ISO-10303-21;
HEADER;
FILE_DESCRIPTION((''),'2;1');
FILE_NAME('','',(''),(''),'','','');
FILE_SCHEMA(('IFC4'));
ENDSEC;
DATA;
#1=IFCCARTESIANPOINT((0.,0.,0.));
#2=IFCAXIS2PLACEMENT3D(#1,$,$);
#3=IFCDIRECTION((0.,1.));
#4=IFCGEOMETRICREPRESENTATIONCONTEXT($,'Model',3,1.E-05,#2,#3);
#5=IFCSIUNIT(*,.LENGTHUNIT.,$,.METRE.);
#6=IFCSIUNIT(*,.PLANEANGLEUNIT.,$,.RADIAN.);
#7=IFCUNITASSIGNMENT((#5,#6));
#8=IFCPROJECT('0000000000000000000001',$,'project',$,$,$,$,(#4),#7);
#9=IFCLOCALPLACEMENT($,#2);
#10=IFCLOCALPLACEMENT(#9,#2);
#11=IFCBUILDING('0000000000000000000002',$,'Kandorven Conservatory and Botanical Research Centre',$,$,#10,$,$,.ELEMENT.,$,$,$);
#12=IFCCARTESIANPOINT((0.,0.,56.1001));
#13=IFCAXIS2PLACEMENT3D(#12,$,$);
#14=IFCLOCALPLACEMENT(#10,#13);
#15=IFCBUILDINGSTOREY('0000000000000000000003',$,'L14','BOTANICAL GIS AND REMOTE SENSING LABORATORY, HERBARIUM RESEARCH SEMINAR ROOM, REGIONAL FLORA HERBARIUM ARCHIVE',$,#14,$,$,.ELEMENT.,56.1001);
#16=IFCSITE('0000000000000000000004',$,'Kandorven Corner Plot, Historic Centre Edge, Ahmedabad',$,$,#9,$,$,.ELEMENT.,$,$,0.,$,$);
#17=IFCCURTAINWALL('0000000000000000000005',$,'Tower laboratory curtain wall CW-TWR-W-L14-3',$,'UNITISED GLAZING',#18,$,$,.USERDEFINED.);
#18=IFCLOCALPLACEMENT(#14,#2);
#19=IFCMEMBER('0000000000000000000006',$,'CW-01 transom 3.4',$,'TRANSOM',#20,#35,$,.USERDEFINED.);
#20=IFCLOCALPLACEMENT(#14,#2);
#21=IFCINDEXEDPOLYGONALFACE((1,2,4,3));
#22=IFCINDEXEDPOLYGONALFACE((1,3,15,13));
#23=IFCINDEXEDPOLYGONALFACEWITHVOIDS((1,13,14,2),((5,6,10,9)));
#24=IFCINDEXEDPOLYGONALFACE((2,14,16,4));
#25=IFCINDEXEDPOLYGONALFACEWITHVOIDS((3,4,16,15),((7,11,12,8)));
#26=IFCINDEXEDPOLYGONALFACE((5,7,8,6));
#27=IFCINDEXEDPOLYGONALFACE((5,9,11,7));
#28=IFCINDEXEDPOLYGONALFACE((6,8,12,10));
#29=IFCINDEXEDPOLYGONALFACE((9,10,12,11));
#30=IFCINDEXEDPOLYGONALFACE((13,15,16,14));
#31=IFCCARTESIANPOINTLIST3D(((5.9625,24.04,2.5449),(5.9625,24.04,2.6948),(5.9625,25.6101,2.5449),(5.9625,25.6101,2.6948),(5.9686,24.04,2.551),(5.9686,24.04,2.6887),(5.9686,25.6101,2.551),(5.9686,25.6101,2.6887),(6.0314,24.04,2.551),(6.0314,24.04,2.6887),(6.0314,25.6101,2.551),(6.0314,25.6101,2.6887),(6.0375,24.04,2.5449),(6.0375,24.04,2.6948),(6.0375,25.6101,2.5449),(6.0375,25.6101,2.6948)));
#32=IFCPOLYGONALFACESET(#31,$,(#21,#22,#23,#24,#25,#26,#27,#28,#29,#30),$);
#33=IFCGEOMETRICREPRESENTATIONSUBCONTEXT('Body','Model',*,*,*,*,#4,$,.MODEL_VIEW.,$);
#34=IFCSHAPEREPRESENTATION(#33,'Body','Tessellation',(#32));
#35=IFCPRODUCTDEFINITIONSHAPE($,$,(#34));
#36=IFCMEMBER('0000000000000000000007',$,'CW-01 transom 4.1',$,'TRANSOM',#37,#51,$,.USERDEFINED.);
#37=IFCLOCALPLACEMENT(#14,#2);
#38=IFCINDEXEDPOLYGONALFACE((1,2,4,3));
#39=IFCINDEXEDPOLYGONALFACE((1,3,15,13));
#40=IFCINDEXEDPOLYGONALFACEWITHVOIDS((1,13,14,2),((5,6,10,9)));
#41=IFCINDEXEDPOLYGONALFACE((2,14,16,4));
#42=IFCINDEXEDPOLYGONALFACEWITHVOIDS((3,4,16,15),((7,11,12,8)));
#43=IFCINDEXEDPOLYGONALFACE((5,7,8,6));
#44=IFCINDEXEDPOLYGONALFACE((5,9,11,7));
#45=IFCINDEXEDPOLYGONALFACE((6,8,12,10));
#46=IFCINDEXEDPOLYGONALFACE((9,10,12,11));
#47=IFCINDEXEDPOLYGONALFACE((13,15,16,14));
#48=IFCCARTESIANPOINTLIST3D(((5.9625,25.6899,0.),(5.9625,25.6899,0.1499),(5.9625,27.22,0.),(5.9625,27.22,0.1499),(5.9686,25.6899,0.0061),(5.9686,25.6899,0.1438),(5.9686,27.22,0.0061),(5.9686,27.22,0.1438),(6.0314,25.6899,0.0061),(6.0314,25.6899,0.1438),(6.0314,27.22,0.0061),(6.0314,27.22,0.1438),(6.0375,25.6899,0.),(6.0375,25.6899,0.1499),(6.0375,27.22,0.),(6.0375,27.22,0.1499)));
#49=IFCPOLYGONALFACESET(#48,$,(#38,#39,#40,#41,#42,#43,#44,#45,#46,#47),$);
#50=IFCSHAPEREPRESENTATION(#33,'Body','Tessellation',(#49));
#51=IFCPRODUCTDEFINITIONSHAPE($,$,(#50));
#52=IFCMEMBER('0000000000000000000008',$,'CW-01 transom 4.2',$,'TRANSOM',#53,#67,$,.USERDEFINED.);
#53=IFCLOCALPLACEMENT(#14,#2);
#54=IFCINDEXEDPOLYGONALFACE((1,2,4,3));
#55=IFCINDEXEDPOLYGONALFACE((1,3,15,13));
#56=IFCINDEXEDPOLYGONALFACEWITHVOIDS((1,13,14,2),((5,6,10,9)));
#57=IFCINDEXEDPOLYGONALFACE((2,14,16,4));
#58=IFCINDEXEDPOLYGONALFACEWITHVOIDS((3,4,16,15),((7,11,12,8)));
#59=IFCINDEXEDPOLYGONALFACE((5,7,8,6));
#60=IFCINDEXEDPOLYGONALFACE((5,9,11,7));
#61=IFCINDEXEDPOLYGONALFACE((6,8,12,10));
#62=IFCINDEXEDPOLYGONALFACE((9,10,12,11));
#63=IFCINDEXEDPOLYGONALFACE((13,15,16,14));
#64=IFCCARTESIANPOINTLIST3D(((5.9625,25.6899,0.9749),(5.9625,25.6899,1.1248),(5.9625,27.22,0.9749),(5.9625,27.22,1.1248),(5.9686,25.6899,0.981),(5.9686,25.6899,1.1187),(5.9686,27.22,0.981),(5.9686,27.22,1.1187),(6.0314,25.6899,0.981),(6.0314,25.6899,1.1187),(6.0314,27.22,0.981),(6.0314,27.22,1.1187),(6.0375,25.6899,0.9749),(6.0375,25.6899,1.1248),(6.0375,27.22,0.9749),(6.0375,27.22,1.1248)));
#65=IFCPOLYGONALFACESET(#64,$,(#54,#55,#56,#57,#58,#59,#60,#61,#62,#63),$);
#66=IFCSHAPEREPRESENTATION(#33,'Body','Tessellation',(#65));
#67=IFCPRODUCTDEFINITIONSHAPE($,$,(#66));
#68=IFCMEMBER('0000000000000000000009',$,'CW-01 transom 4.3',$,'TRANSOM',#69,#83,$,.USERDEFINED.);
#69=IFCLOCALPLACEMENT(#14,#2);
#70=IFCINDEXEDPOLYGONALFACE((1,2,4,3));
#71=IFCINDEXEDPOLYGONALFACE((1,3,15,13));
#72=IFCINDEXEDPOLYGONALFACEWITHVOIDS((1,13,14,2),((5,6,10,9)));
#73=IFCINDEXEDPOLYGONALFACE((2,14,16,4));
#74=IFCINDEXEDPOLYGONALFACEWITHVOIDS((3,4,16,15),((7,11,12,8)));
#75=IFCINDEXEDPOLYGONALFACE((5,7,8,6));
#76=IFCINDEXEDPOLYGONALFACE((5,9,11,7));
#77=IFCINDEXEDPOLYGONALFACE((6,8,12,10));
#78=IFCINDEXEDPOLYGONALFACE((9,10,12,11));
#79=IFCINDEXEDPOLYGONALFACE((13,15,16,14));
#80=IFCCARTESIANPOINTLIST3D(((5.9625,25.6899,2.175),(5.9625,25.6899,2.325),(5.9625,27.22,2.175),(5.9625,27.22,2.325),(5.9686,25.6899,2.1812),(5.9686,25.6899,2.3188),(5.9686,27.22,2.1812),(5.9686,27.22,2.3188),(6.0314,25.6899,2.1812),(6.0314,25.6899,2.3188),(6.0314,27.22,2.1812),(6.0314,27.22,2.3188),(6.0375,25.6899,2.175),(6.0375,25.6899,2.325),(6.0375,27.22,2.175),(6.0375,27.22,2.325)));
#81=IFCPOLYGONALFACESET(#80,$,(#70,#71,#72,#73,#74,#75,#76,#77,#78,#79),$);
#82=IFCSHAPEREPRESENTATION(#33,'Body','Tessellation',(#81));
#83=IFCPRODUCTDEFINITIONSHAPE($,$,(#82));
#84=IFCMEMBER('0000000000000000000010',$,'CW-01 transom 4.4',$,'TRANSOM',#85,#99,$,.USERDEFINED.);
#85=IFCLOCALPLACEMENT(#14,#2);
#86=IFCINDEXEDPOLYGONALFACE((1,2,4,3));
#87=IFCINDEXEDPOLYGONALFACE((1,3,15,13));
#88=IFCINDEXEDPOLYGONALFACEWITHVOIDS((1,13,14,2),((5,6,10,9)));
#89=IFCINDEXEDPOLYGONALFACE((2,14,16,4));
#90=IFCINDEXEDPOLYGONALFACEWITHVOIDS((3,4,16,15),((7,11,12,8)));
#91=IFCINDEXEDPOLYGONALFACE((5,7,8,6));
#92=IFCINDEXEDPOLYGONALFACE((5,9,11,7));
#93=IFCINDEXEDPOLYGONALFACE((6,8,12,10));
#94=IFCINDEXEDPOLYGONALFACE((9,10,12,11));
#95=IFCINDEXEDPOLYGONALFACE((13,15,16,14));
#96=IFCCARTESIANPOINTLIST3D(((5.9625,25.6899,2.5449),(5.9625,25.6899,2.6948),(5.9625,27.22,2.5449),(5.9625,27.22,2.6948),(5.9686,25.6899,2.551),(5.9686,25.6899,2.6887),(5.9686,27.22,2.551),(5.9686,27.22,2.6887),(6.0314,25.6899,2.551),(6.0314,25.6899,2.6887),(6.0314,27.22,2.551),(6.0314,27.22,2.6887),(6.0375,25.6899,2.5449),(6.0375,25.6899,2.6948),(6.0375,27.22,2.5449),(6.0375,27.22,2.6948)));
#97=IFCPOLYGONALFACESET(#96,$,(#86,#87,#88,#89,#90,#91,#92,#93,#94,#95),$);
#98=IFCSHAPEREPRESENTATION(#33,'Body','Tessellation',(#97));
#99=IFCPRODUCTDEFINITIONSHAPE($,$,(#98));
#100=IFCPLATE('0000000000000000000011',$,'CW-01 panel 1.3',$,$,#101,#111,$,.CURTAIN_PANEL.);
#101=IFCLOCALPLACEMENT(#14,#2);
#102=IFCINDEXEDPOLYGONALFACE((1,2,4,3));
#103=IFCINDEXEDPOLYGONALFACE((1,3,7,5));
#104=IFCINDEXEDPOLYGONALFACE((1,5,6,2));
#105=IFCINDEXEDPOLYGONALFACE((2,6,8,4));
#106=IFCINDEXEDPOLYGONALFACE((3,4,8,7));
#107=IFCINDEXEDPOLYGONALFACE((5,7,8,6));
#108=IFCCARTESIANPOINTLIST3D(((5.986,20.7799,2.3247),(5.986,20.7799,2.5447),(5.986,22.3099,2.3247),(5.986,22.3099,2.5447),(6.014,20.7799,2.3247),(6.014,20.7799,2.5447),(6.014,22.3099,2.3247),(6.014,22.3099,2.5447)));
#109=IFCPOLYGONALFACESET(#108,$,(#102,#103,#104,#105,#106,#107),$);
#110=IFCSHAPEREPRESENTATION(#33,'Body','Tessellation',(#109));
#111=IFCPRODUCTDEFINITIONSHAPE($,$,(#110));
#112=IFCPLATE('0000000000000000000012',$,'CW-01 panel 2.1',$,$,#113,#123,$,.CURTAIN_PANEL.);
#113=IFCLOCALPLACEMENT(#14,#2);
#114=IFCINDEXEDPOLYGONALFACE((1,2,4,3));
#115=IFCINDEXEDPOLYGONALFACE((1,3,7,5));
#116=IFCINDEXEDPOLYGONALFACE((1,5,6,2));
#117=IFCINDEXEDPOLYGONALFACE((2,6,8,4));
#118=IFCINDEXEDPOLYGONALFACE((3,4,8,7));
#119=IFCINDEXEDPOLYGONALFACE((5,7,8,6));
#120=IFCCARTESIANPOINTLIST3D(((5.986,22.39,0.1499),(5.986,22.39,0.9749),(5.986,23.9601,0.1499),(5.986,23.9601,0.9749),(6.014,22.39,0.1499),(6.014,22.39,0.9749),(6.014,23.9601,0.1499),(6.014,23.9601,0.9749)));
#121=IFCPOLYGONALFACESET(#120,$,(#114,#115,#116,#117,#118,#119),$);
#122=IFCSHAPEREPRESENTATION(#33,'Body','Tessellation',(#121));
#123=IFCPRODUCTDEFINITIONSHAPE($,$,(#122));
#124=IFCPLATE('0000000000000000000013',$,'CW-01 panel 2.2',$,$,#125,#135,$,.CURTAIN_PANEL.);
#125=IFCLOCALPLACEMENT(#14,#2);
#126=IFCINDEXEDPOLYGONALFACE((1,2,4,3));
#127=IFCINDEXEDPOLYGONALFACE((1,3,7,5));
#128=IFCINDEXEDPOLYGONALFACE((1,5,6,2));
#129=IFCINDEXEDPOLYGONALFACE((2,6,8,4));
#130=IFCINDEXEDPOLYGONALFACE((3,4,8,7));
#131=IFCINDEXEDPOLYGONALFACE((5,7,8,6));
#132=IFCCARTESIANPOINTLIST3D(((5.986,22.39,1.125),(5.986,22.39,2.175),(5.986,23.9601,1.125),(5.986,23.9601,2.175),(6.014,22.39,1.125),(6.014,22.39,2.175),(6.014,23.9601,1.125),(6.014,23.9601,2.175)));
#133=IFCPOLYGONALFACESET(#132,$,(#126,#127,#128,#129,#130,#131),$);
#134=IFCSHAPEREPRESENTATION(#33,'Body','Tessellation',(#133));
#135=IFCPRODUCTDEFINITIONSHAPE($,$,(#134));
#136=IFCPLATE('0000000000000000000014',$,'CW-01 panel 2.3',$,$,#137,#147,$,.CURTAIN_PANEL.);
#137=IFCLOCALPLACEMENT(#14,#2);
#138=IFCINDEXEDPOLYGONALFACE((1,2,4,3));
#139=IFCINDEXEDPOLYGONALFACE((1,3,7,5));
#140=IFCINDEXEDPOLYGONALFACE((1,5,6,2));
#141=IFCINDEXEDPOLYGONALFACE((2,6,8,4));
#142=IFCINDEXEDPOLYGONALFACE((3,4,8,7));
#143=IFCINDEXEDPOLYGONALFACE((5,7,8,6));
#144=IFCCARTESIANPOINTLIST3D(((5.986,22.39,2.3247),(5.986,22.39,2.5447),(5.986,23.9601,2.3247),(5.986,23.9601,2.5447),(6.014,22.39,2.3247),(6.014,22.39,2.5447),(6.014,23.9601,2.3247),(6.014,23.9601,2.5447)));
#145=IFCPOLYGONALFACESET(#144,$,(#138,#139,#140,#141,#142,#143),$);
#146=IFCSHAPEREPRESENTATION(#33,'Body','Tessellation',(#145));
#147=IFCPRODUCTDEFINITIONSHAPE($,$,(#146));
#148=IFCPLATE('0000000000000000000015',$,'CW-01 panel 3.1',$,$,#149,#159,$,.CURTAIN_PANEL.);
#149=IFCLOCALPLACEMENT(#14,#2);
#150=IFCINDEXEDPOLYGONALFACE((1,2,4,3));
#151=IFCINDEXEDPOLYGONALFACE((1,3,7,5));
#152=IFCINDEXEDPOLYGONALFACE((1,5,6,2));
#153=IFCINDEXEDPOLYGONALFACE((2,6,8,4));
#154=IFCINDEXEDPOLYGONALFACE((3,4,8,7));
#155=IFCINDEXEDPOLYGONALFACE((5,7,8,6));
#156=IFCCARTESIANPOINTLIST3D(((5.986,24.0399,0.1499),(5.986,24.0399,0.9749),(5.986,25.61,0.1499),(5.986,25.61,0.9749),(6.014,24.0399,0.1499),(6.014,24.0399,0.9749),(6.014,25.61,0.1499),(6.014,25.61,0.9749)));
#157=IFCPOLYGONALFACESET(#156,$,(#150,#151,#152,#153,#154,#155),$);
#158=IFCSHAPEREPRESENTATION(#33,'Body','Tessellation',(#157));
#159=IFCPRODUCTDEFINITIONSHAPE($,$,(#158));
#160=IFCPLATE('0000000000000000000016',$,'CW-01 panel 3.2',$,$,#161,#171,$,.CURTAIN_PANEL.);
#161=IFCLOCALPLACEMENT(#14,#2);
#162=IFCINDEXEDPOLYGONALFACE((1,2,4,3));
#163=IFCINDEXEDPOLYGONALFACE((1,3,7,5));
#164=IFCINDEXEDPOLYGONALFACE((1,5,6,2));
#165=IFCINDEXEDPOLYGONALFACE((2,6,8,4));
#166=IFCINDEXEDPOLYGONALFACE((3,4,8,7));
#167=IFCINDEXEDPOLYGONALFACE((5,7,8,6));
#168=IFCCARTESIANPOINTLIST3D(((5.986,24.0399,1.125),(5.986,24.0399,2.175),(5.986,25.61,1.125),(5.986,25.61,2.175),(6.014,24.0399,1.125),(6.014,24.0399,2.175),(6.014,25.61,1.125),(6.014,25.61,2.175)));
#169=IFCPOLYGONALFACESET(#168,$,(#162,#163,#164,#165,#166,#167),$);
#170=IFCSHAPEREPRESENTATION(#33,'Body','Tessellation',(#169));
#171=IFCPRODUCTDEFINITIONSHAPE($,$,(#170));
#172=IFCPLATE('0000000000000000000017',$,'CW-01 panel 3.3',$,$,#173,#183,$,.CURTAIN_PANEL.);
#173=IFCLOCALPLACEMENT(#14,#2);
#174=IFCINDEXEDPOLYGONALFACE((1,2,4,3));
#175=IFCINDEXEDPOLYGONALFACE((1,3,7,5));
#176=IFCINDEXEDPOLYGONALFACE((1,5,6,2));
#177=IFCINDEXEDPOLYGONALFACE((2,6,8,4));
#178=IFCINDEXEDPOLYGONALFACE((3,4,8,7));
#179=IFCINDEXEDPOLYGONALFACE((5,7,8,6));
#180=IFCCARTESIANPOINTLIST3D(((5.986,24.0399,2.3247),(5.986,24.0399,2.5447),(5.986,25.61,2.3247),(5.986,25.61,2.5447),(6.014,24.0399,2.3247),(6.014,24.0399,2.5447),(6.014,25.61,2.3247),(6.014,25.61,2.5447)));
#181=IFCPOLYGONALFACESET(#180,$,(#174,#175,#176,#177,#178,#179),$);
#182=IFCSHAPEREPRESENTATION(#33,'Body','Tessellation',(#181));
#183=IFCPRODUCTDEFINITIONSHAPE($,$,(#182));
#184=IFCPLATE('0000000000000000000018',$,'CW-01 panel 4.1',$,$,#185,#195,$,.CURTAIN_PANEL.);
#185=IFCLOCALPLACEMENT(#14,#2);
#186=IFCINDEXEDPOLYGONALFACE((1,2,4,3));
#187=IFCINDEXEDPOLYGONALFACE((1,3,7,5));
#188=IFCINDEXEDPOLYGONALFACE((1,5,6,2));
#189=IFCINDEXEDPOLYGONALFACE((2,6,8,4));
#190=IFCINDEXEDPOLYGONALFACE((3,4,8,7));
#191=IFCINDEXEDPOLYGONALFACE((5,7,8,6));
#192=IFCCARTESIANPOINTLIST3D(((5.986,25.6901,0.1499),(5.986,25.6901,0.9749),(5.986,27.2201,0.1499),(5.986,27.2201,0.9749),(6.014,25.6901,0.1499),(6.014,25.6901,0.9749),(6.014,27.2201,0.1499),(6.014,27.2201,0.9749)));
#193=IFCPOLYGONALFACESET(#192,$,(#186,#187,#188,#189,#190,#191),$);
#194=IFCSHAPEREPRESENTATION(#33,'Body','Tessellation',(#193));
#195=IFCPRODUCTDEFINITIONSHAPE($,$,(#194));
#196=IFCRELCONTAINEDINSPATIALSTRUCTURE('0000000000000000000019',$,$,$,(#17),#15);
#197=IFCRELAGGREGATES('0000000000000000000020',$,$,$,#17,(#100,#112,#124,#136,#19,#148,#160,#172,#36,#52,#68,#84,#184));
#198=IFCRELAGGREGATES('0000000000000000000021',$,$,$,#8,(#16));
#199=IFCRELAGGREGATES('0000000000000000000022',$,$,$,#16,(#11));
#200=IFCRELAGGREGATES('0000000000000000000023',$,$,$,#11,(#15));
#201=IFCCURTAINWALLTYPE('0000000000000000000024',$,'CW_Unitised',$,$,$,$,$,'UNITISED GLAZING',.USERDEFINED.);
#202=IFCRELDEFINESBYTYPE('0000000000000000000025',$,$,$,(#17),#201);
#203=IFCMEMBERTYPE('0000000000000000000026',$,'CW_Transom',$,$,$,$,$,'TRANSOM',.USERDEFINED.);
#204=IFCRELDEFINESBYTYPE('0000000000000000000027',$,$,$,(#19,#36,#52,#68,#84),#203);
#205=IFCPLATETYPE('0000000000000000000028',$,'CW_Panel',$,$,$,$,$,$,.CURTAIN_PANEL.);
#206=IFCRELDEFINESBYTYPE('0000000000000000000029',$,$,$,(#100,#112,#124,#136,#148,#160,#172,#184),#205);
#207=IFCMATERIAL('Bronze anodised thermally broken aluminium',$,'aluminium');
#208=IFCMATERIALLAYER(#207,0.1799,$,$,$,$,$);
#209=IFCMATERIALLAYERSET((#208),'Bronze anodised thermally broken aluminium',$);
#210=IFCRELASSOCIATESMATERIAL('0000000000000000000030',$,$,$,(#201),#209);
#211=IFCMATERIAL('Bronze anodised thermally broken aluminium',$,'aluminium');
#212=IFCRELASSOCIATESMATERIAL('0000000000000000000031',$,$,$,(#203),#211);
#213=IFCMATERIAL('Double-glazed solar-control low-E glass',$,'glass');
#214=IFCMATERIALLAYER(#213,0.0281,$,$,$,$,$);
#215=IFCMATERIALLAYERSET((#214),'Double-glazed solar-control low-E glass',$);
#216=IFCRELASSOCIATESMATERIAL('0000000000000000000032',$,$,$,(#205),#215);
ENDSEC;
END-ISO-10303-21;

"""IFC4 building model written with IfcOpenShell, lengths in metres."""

from ifc_helpers import new_model, si_unit, direction, frame, origin, origin_2d, place, context, subcontext, project, spatial, rectangle, hollow_rectangle, extrude, material, layer, layer_set, material_profile, profile_set, type_object, element, aggregate, save


model = new_model("IFC4")

# Units and contexts
model_context = context("Model", 3, precision=1e-05, world=origin(), true_north=direction((0.0, 1.0)))
body_context = subcontext(model_context, "Body", "Model", "MODEL_VIEW")
ifc_project = project(units=[si_unit("LENGTHUNIT", "METRE"), si_unit("PLANEANGLEUNIT", "RADIAN")], contexts=[model_context])

# Site, building, storey
site_placement = place(None, origin())
site = spatial("IfcSite", under=ifc_project, at=site_placement, Name="Kandorven Corner Plot, Historic Centre Edge, Ahmedabad", CompositionType="ELEMENT", RefElevation=0.0)
building_placement = place(site_placement, origin())
building = spatial("IfcBuilding", under=site, at=building_placement, Name="Kandorven Conservatory and Botanical Research Centre", CompositionType="ELEMENT")
storey_placement = place(building_placement, frame((0.0, 0.0, 56.1001)))
storey = spatial("IfcBuildingStorey", under=building, at=storey_placement, Name="L14", Description="BOTANICAL GIS AND REMOTE SENSING LABORATORY, HERBARIUM RESEARCH SEMINAR ROOM, REGIONAL FLORA HERBARIUM ARCHIVE", CompositionType="ELEMENT", Elevation=56.1001)

# Curtain wall, members, plates
ifc_material_1 = material(Name="Bronze anodised thermally broken aluminium", Category="aluminium")
ifc_layer_1 = layer(ifc_material_1, 0.1799)
ifc_layer_set_1 = layer_set([ifc_layer_1], Name="Bronze anodised thermally broken aluminium")
curtain_wall_type = type_object("IfcCurtainWallType", Name="CW_Unitised", ElementType="UNITISED GLAZING", PredefinedType="USERDEFINED", material=ifc_layer_set_1)
curtain_wall_placement = place(storey_placement, origin())
curtain_wall = element("IfcCurtainWall", 1, at=curtain_wall_placement, inside=storey, type_object=curtain_wall_type, Name="Tower laboratory curtain wall CW-TWR-W-L14-3", ObjectType="UNITISED GLAZING", PredefinedType="USERDEFINED")
ifc_material_2 = material(Name="Bronze anodised thermally broken aluminium", Category="aluminium")
ifc_material_profile_1 = material_profile(ifc_material_2, hollow_rectangle(XDim=0.075, YDim=0.1499, WallThickness=0.0061, at=origin_2d()))
ifc_profile_set_1 = profile_set([ifc_material_profile_1], Name="Bronze anodised thermally broken aluminium")
member_type_1 = type_object("IfcMemberType", Name="CW_Transom", ElementType="TRANSOM", PredefinedType="USERDEFINED", material=ifc_profile_set_1)
member_1_placement = place(storey_placement, frame((6.0, 24.04, 2.6199), z_axis=(0.0, 1.0, 0.0), x_axis=(-1.0, 0.0, 0.0)))
member_1 = element("IfcMember", 2, at=member_1_placement, type_object=member_type_1, Name="CW-01 transom 3.4", ObjectType="TRANSOM", PredefinedType="USERDEFINED", context=body_context, shape_type="SweptSolid", body=[
    extrude(hollow_rectangle(XDim=0.075, YDim=0.1499, WallThickness=0.0061, at=origin_2d()), origin(), (0.0, 0.0, 1.0), 1.5701),
])
member_2_placement = place(storey_placement, frame((6.0, 25.6899, 0.075), z_axis=(0.0, 1.0, 0.0), x_axis=(-1.0, 0.0, 0.0)))
member_2 = element("IfcMember", 3, at=member_2_placement, type_object=member_type_1, Name="CW-01 transom 4.1", ObjectType="TRANSOM", PredefinedType="USERDEFINED", context=body_context, shape_type="SweptSolid", body=[
    extrude(hollow_rectangle(XDim=0.075, YDim=0.1499, WallThickness=0.0061, at=origin_2d()), origin(), (0.0, 0.0, 1.0), 1.53),
])
member_3_placement = place(storey_placement, frame((6.0, 25.6899, 1.0498), z_axis=(0.0, 1.0, 0.0), x_axis=(-1.0, 0.0, 0.0)))
member_3 = element("IfcMember", 4, at=member_3_placement, type_object=member_type_1, Name="CW-01 transom 4.2", ObjectType="TRANSOM", PredefinedType="USERDEFINED", context=body_context, shape_type="SweptSolid", body=[
    extrude(hollow_rectangle(XDim=0.075, YDim=0.1499, WallThickness=0.0061, at=origin_2d()), origin(), (0.0, 0.0, 1.0), 1.53),
])
member_4_placement = place(storey_placement, frame((6.0, 25.6899, 2.25), z_axis=(0.0, 1.0, 0.0), x_axis=(-1.0, 0.0, 0.0)))
member_4 = element("IfcMember", 5, at=member_4_placement, type_object=member_type_1, Name="CW-01 transom 4.3", ObjectType="TRANSOM", PredefinedType="USERDEFINED", context=body_context, shape_type="SweptSolid", body=[
    extrude(hollow_rectangle(XDim=0.075, YDim=0.1499, WallThickness=0.0061, at=origin_2d()), origin(), (0.0, 0.0, 1.0), 1.53),
])
member_5_placement = place(storey_placement, frame((6.0, 25.6899, 2.6199), z_axis=(0.0, 1.0, 0.0), x_axis=(-1.0, 0.0, 0.0)))
member_5 = element("IfcMember", 6, at=member_5_placement, type_object=member_type_1, Name="CW-01 transom 4.4", ObjectType="TRANSOM", PredefinedType="USERDEFINED", context=body_context, shape_type="SweptSolid", body=[
    extrude(hollow_rectangle(XDim=0.075, YDim=0.1499, WallThickness=0.0061, at=origin_2d()), origin(), (0.0, 0.0, 1.0), 1.53),
])
ifc_material_3 = material(Name="Double-glazed solar-control low-E glass", Category="glass")
ifc_layer_2 = layer(ifc_material_3, 0.0281)
ifc_layer_set_2 = layer_set([ifc_layer_2], Name="Double-glazed solar-control low-E glass")
plate_type_1 = type_object("IfcPlateType", Name="CW_Panel", PredefinedType="CURTAIN_PANEL", material=ifc_layer_set_2)
plate_1_placement = place(storey_placement, frame((6.0, 21.5449, 2.3247), z_axis=(0.0, 0.0, 1.0), x_axis=(0.0, 1.0, 0.0)))
plate_1 = element("IfcPlate", 7, at=plate_1_placement, type_object=plate_type_1, Name="CW-01 panel 1.3", PredefinedType="CURTAIN_PANEL", context=body_context, shape_type="SweptSolid", body=[
    extrude(rectangle(XDim=1.53, YDim=0.0281, at=origin_2d()), origin(), (0.0, 0.0, 1.0), 0.22),
])
plate_2_placement = place(storey_placement, frame((6.0, 23.175, 0.1499), z_axis=(0.0, 0.0, 1.0), x_axis=(0.0, 1.0, 0.0)))
plate_2 = element("IfcPlate", 8, at=plate_2_placement, type_object=plate_type_1, Name="CW-01 panel 2.1", PredefinedType="CURTAIN_PANEL", context=body_context, shape_type="SweptSolid", body=[
    extrude(rectangle(XDim=1.5701, YDim=0.0281, at=origin_2d()), origin(), (0.0, 0.0, 1.0), 0.825),
])
plate_3_placement = place(storey_placement, frame((6.0, 23.175, 1.125), z_axis=(0.0, 0.0, 1.0), x_axis=(0.0, 1.0, 0.0)))
plate_3 = element("IfcPlate", 9, at=plate_3_placement, type_object=plate_type_1, Name="CW-01 panel 2.2", PredefinedType="CURTAIN_PANEL", context=body_context, shape_type="SweptSolid", body=[
    extrude(rectangle(XDim=1.5701, YDim=0.0281, at=origin_2d()), origin(), (0.0, 0.0, 1.0), 1.05),
])
plate_4_placement = place(storey_placement, frame((6.0, 23.175, 2.3247), z_axis=(0.0, 0.0, 1.0), x_axis=(0.0, 1.0, 0.0)))
plate_4 = element("IfcPlate", 10, at=plate_4_placement, type_object=plate_type_1, Name="CW-01 panel 2.3", PredefinedType="CURTAIN_PANEL", context=body_context, shape_type="SweptSolid", body=[
    extrude(rectangle(XDim=1.5701, YDim=0.0281, at=origin_2d()), origin(), (0.0, 0.0, 1.0), 0.22),
])
plate_5_placement = place(storey_placement, frame((6.0, 24.825, 0.1499), z_axis=(0.0, 0.0, 1.0), x_axis=(0.0, 1.0, 0.0)))
plate_5 = element("IfcPlate", 11, at=plate_5_placement, type_object=plate_type_1, Name="CW-01 panel 3.1", PredefinedType="CURTAIN_PANEL", context=body_context, shape_type="SweptSolid", body=[
    extrude(rectangle(XDim=1.5701, YDim=0.0281, at=origin_2d()), origin(), (0.0, 0.0, 1.0), 0.825),
])
plate_6_placement = place(storey_placement, frame((6.0, 24.825, 1.125), z_axis=(0.0, 0.0, 1.0), x_axis=(0.0, 1.0, 0.0)))
plate_6 = element("IfcPlate", 12, at=plate_6_placement, type_object=plate_type_1, Name="CW-01 panel 3.2", PredefinedType="CURTAIN_PANEL", context=body_context, shape_type="SweptSolid", body=[
    extrude(rectangle(XDim=1.5701, YDim=0.0281, at=origin_2d()), origin(), (0.0, 0.0, 1.0), 1.05),
])
plate_7_placement = place(storey_placement, frame((6.0, 24.825, 2.3247), z_axis=(0.0, 0.0, 1.0), x_axis=(0.0, 1.0, 0.0)))
plate_7 = element("IfcPlate", 13, at=plate_7_placement, type_object=plate_type_1, Name="CW-01 panel 3.3", PredefinedType="CURTAIN_PANEL", context=body_context, shape_type="SweptSolid", body=[
    extrude(rectangle(XDim=1.5701, YDim=0.0281, at=origin_2d()), origin(), (0.0, 0.0, 1.0), 0.22),
])
plate_8_placement = place(storey_placement, frame((6.0, 26.4551, 0.1499), z_axis=(0.0, 0.0, 1.0), x_axis=(0.0, 1.0, 0.0)))
plate_8 = element("IfcPlate", 14, at=plate_8_placement, type_object=plate_type_1, Name="CW-01 panel 4.1", PredefinedType="CURTAIN_PANEL", context=body_context, shape_type="SweptSolid", body=[
    extrude(rectangle(XDim=1.53, YDim=0.0281, at=origin_2d()), origin(), (0.0, 0.0, 1.0), 0.825),
])
aggregate(curtain_wall, [plate_1, plate_2, plate_3, plate_4, member_1, plate_5, plate_6, plate_7, member_2, member_3, member_4, member_5, plate_8])

save(model, "model.ifc")
